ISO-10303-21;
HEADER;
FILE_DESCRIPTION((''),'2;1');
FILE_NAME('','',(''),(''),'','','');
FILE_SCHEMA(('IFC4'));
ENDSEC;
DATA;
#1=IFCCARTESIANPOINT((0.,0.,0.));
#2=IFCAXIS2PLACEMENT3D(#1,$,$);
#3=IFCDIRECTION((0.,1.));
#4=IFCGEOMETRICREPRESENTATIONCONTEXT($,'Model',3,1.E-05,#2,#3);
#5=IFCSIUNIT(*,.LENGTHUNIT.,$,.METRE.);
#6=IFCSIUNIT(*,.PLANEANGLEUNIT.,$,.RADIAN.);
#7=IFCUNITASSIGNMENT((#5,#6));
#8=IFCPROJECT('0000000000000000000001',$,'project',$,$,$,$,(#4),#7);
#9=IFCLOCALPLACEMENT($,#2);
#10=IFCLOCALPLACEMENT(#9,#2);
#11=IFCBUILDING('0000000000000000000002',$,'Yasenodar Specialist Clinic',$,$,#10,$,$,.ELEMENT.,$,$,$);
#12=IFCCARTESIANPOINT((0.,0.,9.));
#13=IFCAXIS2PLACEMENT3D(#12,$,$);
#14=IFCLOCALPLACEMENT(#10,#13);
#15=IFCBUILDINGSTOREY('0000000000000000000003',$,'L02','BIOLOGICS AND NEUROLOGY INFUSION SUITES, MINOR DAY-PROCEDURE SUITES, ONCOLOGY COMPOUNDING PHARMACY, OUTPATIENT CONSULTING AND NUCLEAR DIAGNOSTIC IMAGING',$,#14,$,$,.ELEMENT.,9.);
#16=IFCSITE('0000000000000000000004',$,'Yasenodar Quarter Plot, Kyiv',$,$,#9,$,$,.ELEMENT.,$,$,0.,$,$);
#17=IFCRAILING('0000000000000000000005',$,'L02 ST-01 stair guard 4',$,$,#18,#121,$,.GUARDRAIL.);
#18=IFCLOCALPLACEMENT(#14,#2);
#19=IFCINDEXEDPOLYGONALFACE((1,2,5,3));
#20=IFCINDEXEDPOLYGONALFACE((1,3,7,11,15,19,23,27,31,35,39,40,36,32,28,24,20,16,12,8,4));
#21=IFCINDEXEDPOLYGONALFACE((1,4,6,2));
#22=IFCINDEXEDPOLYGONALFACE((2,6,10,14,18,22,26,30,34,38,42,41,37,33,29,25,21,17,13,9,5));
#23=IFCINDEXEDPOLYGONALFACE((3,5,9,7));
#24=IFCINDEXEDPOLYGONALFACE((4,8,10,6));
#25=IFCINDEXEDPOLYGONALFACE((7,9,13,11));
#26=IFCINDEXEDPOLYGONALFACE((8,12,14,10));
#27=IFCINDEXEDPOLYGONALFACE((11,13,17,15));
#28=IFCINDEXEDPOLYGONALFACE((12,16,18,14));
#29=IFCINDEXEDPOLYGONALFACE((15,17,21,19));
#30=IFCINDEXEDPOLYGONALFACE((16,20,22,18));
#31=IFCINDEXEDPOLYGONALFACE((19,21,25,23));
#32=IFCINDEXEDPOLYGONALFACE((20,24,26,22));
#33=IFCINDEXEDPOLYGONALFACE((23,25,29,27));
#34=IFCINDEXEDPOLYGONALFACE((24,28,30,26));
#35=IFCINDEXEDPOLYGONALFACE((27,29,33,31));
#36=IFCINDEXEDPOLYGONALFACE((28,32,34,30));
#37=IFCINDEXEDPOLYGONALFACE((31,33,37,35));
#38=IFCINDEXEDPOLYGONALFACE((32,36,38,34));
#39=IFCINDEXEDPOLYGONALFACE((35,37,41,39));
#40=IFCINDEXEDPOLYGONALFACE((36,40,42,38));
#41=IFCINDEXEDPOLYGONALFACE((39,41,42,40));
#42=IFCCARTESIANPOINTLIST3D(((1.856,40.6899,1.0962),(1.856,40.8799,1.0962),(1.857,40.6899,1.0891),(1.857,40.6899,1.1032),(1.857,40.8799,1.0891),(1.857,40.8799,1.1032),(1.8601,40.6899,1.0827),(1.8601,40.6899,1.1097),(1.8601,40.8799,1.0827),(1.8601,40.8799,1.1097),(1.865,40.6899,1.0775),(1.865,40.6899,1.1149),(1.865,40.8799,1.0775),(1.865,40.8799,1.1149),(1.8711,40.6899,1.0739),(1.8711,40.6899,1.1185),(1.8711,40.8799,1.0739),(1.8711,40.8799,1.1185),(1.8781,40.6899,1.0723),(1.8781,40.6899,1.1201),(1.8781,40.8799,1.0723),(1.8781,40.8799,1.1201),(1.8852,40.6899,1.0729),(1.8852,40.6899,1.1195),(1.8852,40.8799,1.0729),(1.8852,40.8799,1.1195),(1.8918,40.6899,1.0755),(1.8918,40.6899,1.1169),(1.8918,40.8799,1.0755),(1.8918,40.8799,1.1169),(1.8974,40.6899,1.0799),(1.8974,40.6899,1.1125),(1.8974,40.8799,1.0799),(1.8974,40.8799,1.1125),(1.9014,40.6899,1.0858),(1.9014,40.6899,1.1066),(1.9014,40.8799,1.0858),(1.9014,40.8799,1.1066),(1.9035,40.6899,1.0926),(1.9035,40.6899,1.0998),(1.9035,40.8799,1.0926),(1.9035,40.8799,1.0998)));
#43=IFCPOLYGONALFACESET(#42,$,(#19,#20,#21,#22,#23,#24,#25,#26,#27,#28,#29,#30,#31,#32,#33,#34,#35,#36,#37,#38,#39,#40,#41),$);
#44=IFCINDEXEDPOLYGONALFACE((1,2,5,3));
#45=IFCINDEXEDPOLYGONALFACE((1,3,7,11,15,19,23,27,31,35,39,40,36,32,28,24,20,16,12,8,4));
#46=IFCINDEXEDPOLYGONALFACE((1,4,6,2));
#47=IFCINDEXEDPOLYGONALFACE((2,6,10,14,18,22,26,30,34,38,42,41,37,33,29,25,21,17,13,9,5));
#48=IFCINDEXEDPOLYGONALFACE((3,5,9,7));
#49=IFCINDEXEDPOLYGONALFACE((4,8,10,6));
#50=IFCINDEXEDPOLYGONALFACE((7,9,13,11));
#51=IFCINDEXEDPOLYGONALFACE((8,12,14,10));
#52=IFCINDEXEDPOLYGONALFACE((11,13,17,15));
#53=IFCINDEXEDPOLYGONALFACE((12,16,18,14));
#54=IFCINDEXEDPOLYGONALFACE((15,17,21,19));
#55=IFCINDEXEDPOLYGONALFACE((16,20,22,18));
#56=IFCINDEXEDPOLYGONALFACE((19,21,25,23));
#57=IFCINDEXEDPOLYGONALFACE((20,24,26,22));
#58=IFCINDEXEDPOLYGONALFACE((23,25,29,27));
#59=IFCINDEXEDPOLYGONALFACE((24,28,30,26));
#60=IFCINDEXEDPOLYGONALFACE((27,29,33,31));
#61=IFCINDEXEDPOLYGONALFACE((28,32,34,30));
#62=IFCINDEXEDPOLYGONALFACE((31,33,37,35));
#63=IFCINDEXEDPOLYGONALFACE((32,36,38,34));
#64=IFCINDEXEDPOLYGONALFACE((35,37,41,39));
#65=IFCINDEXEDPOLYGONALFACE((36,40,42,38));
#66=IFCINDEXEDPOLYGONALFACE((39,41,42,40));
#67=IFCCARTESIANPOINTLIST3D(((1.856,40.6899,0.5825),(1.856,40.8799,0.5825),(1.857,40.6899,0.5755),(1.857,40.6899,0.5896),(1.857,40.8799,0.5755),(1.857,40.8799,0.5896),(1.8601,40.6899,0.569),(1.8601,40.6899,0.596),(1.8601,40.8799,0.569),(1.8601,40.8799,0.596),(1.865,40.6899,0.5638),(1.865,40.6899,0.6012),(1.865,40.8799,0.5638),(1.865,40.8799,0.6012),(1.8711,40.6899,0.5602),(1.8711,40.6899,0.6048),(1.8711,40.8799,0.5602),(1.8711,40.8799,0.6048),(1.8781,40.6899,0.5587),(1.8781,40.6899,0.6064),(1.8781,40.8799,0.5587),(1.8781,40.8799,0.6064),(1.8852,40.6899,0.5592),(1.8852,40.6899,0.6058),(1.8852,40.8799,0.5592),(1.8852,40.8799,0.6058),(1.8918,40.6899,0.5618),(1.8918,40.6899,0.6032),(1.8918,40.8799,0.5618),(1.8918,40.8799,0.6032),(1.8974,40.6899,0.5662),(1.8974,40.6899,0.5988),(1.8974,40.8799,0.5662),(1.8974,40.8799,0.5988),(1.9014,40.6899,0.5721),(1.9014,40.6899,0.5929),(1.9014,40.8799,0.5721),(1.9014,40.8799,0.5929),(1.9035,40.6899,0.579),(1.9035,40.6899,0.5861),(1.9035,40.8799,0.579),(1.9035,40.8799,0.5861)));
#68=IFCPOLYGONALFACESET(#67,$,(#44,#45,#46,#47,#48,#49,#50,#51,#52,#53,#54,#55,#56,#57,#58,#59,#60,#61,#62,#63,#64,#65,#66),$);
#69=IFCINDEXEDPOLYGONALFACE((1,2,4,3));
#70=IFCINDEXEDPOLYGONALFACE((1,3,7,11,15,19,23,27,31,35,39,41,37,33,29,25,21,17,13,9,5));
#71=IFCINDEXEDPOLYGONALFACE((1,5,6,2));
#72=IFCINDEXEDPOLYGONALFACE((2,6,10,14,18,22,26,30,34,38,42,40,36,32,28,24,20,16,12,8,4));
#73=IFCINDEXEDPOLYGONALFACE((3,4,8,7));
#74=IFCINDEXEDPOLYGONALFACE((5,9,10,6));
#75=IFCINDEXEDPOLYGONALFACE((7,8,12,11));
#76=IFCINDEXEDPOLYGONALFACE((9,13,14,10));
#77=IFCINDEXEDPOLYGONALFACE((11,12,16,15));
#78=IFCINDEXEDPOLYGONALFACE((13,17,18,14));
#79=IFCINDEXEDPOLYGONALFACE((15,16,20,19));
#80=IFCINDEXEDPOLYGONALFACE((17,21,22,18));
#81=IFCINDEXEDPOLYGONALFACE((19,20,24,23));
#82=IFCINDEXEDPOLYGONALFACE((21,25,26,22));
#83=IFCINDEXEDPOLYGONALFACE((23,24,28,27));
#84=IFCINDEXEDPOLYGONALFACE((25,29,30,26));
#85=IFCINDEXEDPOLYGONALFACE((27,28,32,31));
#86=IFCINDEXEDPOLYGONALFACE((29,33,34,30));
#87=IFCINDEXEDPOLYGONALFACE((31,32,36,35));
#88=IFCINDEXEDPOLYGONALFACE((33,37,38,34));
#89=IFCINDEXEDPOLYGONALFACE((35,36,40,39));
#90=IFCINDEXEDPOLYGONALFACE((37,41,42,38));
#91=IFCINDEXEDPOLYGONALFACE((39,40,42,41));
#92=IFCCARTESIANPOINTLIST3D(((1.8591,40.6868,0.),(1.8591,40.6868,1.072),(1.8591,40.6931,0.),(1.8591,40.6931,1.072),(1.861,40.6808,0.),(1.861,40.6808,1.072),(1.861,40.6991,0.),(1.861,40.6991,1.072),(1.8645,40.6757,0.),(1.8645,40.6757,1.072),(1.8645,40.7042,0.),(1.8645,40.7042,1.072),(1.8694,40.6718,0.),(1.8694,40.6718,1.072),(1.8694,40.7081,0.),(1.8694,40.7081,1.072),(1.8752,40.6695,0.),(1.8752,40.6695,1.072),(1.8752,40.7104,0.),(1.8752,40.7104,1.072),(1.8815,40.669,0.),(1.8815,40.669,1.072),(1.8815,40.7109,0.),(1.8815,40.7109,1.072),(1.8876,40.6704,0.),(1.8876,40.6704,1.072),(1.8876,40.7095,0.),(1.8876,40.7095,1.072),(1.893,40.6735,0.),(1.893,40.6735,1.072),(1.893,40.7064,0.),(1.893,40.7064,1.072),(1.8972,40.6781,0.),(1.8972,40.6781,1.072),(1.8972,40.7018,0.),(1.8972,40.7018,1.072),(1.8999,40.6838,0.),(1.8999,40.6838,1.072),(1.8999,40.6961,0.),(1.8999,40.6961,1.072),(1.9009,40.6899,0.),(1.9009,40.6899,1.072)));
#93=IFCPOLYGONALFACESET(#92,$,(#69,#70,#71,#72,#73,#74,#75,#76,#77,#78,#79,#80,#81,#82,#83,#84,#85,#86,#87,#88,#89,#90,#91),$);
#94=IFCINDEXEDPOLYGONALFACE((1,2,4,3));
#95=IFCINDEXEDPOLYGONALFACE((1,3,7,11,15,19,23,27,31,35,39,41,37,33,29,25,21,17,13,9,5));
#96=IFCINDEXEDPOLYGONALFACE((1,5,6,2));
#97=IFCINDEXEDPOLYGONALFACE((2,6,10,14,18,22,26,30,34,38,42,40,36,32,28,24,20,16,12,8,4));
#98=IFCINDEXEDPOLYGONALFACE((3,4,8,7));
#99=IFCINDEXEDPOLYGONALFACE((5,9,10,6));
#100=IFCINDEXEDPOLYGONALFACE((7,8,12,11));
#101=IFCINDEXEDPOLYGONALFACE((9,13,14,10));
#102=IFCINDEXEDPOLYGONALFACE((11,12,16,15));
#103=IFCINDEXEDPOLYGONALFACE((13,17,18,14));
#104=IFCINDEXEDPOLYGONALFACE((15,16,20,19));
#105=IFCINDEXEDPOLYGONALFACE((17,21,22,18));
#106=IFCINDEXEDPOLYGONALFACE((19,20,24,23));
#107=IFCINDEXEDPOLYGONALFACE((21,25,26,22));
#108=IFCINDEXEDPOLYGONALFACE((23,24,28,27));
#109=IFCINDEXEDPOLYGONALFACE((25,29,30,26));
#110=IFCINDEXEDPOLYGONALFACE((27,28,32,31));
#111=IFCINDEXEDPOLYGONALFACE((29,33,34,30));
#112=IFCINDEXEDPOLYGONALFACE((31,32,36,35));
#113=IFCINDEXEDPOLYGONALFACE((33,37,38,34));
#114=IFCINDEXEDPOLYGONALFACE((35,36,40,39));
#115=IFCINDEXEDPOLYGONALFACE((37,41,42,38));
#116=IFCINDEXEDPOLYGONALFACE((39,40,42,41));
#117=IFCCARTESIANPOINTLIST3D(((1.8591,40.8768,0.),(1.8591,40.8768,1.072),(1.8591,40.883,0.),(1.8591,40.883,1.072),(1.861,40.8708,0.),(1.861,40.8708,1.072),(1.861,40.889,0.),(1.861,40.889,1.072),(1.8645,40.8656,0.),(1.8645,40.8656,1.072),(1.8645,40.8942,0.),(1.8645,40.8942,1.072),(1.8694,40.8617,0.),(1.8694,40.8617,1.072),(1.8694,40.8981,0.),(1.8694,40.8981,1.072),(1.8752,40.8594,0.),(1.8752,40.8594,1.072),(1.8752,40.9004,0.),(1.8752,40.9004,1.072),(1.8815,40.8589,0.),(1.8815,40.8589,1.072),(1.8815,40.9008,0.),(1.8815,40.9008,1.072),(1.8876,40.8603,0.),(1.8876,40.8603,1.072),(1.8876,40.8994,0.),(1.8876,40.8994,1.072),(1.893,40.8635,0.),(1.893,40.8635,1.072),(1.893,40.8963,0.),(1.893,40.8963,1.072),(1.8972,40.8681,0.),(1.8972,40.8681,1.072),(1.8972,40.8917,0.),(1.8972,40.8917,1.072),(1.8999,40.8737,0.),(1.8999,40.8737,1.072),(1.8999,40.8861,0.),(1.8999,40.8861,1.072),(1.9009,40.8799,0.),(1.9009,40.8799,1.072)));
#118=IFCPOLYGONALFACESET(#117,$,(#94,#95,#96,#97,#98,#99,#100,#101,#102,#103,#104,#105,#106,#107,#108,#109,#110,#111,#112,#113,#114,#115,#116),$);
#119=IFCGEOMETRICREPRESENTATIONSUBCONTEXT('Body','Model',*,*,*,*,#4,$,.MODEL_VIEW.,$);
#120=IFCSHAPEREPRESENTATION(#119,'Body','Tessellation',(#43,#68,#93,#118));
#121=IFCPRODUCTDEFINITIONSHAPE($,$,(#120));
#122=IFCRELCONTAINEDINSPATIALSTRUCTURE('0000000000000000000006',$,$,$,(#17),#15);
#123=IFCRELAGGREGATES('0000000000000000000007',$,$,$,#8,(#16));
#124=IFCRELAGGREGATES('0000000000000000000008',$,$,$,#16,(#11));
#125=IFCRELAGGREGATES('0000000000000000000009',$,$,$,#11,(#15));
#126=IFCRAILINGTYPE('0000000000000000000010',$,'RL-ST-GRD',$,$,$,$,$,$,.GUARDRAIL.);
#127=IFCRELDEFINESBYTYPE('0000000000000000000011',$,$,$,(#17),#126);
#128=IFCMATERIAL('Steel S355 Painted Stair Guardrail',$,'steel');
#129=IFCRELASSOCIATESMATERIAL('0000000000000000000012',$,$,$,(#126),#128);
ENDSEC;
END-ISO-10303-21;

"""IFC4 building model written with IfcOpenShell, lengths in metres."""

from ifc_helpers import new_model, si_unit, direction, frame, origin, origin_2d, place, context, subcontext, project, spatial, circle, extrude, material, type_object, element, save


model = new_model("IFC4")

# Units and contexts
model_context = context("Model", 3, precision=1e-05, world=origin(), true_north=direction((0.0, 1.0)))
body_context = subcontext(model_context, "Body", "Model", "MODEL_VIEW")
ifc_project = project(units=[si_unit("LENGTHUNIT", "METRE"), si_unit("PLANEANGLEUNIT", "RADIAN")], contexts=[model_context])

# Site, building, storey
site_placement = place(None, origin())
site = spatial("IfcSite", under=ifc_project, at=site_placement, Name="Yasenodar Quarter Plot, Kyiv", CompositionType="ELEMENT", RefElevation=0.0)
building_placement = place(site_placement, origin())
building = spatial("IfcBuilding", under=site, at=building_placement, Name="Yasenodar Specialist Clinic", CompositionType="ELEMENT")
storey_placement = place(building_placement, frame((0.0, 0.0, 9.0)))
storey = spatial("IfcBuildingStorey", under=building, at=storey_placement, Name="L02", Description="BIOLOGICS AND NEUROLOGY INFUSION SUITES, MINOR DAY-PROCEDURE SUITES, ONCOLOGY COMPOUNDING PHARMACY, OUTPATIENT CONSULTING AND NUCLEAR DIAGNOSTIC IMAGING", CompositionType="ELEMENT", Elevation=9.0)

# Railing
ifc_material_1 = material(Name="Steel S355 Painted Stair Guardrail", Category="steel")
railing_type_1 = type_object("IfcRailingType", Name="RL-ST-GRD", PredefinedType="GUARDRAIL", material=ifc_material_1)
railing_1_placement = place(storey_placement, frame((1.8799, 40.6899, 0.0)))
element("IfcRailing", 1, at=railing_1_placement, inside=storey, type_object=railing_type_1, Name="L02 ST-01 stair guard 4", PredefinedType="GUARDRAIL", context=body_context, shape_type="SweptSolid", body=[
    extrude(circle(Radius=0.0239, at=origin_2d()), frame((0.0, 0.0, 1.0962), z_axis=(0.0, 1.0, 0.0), x_axis=(-1.0, 0.0, 0.0)), (0.0, 0.0, 1.0), 0.1899),
    extrude(circle(Radius=0.0239, at=origin_2d()), frame((0.0, 0.0, 0.5825), z_axis=(0.0, 1.0, 0.0), x_axis=(-1.0, 0.0, 0.0)), (0.0, 0.0, 1.0), 0.1899),
    extrude(circle(Radius=0.021, at=origin_2d()), origin(), (0.0, 0.0, 1.0), 1.072),
    extrude(circle(Radius=0.021, at=origin_2d()), frame((0.0, 0.1899, 0.0)), (0.0, 0.0, 1.0), 1.072),
])

save(model, "model.ifc")
